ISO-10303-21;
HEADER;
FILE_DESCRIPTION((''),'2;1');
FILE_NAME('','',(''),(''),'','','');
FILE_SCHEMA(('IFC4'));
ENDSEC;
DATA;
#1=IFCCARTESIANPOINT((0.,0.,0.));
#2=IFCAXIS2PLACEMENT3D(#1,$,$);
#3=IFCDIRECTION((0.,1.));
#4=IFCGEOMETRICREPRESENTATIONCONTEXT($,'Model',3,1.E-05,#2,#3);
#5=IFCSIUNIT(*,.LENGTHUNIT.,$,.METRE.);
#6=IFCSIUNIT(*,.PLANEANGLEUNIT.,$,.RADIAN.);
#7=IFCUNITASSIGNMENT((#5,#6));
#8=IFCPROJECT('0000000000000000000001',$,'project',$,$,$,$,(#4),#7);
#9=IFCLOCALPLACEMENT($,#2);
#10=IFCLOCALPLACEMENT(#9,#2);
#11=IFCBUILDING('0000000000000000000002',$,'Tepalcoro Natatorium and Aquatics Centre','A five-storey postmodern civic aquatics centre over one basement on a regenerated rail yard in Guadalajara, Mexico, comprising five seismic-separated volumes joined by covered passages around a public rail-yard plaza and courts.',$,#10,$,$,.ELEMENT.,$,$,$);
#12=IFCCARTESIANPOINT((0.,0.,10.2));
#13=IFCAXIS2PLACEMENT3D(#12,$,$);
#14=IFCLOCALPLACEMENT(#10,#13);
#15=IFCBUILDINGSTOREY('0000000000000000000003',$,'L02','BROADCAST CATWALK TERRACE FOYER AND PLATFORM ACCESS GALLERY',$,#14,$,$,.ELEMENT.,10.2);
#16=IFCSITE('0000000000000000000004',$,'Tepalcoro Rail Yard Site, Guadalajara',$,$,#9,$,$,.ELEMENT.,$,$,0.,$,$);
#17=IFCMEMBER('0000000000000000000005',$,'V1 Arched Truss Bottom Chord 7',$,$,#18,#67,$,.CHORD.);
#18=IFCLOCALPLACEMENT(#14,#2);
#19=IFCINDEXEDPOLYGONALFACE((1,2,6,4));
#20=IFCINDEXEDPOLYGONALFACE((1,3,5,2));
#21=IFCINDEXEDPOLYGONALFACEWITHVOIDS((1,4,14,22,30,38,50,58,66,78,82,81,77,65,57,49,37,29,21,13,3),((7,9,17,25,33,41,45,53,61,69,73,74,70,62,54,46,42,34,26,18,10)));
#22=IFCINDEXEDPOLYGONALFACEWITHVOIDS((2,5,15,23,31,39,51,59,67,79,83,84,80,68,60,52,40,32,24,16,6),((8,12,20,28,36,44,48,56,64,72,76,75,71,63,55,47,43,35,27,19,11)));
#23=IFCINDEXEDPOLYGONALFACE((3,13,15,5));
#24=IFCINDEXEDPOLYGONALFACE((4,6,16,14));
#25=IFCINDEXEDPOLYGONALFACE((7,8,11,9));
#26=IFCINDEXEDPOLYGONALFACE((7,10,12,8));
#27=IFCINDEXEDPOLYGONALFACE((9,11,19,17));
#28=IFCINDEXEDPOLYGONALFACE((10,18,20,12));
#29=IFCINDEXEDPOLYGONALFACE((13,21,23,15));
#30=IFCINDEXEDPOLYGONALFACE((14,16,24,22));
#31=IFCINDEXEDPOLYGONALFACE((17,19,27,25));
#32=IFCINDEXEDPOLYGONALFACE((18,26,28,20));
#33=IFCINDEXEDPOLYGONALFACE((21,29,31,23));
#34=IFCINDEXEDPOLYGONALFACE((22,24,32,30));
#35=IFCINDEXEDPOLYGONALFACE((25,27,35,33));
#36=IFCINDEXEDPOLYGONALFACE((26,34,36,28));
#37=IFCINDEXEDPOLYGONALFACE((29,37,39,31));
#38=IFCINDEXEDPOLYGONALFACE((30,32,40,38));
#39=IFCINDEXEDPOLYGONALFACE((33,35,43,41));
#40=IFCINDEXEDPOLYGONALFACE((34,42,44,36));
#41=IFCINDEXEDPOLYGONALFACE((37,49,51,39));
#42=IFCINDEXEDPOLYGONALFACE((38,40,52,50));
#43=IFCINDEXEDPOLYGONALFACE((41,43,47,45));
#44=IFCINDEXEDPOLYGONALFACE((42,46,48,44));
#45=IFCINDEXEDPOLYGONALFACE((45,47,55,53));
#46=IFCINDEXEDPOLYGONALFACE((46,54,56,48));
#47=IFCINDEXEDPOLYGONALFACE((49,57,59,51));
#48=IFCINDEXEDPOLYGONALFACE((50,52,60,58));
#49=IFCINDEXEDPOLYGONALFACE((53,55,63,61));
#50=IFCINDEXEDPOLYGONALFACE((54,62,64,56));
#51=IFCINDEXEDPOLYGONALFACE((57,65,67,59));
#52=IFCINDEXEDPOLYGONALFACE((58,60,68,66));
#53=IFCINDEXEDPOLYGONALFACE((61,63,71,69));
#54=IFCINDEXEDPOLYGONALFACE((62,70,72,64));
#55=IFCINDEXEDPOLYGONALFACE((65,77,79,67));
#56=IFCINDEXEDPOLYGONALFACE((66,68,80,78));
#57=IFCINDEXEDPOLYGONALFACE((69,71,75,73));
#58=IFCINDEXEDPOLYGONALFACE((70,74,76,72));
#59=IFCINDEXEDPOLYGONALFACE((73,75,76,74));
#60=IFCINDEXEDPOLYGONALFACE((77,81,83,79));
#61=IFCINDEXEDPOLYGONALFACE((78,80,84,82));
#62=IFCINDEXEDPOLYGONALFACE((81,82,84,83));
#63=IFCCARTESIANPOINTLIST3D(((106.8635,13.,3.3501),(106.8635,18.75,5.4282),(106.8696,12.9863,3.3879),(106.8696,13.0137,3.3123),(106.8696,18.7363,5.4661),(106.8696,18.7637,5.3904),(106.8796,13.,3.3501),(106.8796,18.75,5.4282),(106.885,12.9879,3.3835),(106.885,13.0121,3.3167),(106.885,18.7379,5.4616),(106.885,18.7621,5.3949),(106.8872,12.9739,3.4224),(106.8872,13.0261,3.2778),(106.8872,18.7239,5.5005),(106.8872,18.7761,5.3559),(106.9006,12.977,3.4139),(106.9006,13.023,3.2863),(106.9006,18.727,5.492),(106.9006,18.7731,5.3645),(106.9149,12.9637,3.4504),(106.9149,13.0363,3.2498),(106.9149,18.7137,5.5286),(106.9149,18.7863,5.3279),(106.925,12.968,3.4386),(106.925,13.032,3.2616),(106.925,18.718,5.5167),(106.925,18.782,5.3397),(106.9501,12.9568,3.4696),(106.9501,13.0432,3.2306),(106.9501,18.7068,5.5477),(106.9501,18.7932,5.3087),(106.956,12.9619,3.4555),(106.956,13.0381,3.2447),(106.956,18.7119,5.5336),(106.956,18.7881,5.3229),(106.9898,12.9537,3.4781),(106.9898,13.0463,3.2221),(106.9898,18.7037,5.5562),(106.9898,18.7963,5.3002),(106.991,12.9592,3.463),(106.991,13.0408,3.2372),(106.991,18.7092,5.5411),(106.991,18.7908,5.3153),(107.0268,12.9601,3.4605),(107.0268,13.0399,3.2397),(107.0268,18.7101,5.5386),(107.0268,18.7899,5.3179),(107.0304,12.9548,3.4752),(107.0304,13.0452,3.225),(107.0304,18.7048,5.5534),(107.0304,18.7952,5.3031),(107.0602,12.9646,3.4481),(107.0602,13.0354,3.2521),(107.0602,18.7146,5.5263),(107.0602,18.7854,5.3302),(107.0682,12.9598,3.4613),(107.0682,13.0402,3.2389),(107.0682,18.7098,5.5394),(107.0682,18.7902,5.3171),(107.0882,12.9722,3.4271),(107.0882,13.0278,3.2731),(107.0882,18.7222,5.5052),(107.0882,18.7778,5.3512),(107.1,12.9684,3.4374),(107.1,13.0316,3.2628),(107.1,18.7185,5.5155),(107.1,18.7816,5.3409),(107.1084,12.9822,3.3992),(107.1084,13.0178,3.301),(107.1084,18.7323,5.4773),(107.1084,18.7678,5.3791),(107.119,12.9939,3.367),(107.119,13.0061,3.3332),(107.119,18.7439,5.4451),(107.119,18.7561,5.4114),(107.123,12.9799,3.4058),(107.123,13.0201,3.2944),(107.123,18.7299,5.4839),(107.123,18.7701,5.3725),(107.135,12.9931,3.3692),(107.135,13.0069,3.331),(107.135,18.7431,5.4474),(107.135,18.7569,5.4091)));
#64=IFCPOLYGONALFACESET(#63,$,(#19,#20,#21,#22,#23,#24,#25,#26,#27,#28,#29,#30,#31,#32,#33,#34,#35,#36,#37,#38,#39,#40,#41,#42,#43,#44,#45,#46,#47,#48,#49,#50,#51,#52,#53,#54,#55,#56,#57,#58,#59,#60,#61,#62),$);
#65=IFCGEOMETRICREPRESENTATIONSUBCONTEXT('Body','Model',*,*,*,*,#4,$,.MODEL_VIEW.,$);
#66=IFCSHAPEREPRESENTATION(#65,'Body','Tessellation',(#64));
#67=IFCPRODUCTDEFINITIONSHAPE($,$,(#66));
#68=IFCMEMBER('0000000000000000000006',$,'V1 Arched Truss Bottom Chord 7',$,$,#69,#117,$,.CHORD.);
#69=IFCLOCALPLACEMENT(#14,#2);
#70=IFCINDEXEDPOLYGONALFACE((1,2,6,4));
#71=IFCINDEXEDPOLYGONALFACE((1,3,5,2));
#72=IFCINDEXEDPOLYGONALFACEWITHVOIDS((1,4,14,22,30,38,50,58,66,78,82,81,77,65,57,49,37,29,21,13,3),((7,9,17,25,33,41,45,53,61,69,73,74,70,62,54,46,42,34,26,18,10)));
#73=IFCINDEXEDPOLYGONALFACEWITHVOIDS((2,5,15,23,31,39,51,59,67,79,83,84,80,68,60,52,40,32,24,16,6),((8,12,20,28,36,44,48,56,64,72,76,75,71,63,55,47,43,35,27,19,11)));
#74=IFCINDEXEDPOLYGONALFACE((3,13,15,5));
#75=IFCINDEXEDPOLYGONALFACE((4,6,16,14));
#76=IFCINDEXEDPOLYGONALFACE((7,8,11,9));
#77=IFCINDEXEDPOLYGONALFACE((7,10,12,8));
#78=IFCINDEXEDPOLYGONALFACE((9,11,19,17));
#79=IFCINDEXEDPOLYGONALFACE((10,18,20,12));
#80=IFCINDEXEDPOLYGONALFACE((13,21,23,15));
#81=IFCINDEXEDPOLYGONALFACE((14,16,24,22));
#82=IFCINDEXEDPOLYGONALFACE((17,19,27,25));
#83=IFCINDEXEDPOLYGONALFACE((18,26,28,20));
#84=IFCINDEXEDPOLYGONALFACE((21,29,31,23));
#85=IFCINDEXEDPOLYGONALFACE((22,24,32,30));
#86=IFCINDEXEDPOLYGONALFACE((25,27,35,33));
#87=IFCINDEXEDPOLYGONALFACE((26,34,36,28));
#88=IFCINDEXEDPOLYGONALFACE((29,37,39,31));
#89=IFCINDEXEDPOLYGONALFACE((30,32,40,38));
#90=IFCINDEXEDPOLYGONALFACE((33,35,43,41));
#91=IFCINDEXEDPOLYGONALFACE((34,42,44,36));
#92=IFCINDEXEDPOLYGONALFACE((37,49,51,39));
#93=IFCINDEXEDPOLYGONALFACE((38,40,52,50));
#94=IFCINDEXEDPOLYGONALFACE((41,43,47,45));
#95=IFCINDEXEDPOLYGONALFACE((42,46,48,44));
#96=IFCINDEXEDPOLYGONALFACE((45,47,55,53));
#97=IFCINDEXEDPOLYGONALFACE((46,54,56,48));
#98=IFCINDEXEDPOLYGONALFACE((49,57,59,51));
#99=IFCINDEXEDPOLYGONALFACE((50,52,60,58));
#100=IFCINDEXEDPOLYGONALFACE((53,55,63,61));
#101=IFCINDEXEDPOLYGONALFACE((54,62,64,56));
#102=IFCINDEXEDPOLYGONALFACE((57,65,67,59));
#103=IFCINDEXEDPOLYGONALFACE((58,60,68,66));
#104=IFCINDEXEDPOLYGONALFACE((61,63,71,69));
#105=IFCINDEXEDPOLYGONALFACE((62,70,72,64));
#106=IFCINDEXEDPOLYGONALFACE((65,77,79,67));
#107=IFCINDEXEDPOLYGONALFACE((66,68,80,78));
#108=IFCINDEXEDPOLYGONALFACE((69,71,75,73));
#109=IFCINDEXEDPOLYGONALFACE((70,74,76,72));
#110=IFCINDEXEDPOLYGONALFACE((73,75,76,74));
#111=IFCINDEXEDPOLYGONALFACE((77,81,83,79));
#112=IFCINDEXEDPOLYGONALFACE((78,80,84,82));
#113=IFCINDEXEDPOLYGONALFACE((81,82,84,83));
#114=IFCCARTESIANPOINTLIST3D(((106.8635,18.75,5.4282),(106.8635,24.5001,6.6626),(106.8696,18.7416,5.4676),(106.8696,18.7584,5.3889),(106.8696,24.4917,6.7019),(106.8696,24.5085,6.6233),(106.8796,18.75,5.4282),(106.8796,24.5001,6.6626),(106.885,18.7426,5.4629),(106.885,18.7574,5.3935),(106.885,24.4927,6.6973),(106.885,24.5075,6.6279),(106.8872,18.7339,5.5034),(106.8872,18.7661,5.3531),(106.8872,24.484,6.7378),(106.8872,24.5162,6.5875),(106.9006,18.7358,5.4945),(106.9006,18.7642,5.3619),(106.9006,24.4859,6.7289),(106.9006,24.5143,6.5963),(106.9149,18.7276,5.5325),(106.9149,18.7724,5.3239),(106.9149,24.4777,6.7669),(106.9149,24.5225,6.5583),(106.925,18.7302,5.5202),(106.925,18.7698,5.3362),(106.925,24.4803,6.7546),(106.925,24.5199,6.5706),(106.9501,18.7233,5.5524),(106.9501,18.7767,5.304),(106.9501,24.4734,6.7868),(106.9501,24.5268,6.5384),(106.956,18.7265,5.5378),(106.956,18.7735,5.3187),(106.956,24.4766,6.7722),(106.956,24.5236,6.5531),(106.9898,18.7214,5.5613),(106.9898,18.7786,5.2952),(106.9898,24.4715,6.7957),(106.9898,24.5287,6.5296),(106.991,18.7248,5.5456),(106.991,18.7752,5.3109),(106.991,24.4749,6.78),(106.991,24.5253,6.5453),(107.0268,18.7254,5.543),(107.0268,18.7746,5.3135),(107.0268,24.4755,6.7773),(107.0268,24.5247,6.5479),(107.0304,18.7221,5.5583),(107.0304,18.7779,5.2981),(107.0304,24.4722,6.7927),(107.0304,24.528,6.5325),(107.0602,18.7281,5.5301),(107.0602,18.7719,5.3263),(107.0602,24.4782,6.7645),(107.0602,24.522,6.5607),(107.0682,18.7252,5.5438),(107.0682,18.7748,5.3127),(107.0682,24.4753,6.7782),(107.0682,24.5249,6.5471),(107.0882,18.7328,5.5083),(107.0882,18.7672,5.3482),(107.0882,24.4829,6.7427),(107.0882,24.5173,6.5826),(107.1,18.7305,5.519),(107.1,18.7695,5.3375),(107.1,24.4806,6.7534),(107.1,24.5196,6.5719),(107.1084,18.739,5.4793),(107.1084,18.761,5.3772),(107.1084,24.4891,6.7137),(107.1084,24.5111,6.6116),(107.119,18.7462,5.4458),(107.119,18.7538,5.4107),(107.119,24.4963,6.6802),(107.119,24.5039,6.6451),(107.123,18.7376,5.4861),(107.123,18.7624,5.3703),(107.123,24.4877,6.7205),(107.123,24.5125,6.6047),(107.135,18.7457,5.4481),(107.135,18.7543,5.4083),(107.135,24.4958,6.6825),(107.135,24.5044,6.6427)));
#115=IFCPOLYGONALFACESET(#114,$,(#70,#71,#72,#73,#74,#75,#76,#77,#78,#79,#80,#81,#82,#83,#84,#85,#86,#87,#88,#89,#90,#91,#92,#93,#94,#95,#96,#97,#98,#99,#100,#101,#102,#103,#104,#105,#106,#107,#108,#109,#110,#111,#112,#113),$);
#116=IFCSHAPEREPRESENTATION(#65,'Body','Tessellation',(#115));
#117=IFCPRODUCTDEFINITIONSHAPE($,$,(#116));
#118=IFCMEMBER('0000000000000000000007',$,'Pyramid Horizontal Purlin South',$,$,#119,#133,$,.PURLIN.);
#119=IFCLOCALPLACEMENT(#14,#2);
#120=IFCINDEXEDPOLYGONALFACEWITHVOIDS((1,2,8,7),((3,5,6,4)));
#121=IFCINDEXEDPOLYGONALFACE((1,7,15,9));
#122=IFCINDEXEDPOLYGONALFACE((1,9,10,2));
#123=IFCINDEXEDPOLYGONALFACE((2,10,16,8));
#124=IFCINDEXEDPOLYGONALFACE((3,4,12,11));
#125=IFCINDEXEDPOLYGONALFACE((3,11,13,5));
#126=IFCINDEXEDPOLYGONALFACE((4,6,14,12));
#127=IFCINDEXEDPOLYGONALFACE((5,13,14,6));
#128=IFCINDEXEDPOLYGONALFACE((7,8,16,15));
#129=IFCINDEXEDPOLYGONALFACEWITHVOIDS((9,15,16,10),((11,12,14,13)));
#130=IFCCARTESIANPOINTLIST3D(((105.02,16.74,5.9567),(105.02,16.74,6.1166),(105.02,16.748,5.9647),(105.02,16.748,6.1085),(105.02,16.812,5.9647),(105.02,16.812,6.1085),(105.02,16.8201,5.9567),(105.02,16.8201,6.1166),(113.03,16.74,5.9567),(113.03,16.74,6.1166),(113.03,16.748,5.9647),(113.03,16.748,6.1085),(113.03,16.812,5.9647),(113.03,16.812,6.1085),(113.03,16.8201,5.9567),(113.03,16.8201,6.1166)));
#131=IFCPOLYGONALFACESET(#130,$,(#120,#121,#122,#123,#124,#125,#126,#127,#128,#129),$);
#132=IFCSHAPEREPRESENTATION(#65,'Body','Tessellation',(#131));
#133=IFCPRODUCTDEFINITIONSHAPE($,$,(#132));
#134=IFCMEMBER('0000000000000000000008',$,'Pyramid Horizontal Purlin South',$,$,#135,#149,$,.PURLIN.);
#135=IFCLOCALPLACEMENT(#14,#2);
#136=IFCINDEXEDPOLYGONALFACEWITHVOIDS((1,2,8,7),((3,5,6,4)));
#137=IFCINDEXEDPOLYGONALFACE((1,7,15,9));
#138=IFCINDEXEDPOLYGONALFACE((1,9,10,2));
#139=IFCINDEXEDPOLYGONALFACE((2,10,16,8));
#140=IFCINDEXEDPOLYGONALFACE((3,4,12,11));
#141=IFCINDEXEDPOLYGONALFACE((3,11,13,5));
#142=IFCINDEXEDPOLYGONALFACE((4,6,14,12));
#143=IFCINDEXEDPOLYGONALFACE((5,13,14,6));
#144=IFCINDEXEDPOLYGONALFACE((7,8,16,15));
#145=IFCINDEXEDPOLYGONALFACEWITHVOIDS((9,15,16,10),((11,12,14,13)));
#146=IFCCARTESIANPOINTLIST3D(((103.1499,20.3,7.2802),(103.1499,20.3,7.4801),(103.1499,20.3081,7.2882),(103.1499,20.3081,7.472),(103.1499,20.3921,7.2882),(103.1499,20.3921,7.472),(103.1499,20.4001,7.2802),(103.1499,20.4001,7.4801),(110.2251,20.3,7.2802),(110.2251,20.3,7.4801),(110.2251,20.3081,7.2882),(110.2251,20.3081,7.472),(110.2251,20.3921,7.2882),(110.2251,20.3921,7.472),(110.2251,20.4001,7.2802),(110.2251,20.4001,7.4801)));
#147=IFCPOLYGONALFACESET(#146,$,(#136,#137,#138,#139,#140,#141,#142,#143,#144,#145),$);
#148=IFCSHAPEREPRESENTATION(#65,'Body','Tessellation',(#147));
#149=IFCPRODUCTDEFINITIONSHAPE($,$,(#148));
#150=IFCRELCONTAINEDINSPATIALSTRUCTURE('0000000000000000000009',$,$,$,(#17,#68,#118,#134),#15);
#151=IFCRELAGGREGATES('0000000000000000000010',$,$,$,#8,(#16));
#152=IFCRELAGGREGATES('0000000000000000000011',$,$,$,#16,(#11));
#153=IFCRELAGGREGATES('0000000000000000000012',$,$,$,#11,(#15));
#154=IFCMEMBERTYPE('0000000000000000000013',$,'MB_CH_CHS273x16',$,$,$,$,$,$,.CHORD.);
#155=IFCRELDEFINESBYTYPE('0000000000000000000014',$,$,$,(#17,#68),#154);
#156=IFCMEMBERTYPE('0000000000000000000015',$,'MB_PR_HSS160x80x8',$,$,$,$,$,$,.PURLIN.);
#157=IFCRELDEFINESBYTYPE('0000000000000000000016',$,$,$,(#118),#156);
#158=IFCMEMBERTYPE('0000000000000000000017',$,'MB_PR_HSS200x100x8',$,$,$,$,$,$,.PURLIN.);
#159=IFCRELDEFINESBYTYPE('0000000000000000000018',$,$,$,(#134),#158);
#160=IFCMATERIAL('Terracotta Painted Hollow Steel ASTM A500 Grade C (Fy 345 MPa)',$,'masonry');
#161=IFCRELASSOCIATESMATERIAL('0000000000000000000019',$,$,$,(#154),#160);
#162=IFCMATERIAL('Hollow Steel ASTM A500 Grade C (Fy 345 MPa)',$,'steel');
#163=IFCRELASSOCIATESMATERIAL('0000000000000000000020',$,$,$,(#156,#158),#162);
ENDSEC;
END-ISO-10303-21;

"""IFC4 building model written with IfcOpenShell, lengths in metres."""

from ifc_helpers import new_model, si_unit, direction, frame, origin, origin_2d, place, context, subcontext, project, spatial, hollow_rectangle, hollow_circle, extrude, material, material_profile, profile_set, type_object, element, save


model = new_model("IFC4")

# Units and contexts
model_context = context("Model", 3, precision=1e-05, world=origin(), true_north=direction((0.0, 1.0)))
body_context = subcontext(model_context, "Body", "Model", "MODEL_VIEW")
ifc_project = project(units=[si_unit("LENGTHUNIT", "METRE"), si_unit("PLANEANGLEUNIT", "RADIAN")], contexts=[model_context])

# Site, building, storey
site_placement = place(None, origin())
site = spatial("IfcSite", under=ifc_project, at=site_placement, Name="Tepalcoro Rail Yard Site, Guadalajara", CompositionType="ELEMENT", RefElevation=0.0)
building_placement = place(site_placement, origin())
building = spatial("IfcBuilding", under=site, at=building_placement, Name="Tepalcoro Natatorium and Aquatics Centre", Description="A five-storey postmodern civic aquatics centre over one basement on a regenerated rail yard in Guadalajara, Mexico, comprising five seismic-separated volumes joined by covered passages around a public rail-yard plaza and courts.", CompositionType="ELEMENT")
storey_placement = place(building_placement, frame((0.0, 0.0, 10.2)))
storey = spatial("IfcBuildingStorey", under=building, at=storey_placement, Name="L02", Description="BROADCAST CATWALK TERRACE FOYER AND PLATFORM ACCESS GALLERY", CompositionType="ELEMENT", Elevation=10.2)

# Shared definitions
ifc_material_1 = material(Name="Terracotta Painted Hollow Steel ASTM A500 Grade C (Fy 345 MPa)", Category="masonry")

# Members
ifc_material_profile_1 = material_profile(ifc_material_1, hollow_circle(Radius=0.1365, WallThickness=0.0161, at=origin_2d()), Name="CHS273X16")
ifc_profile_set_1 = profile_set([ifc_material_profile_1], Name="Terracotta Painted Hollow Steel ASTM A500 Grade C (Fy 345 MPa)")
member_type_1 = type_object("IfcMemberType", Name="MB_CH_CHS273x16", PredefinedType="CHORD", material=ifc_profile_set_1)
member_1_placement = place(storey_placement, frame((107.0, 13.0, 3.3501), z_axis=(0.0, 0.940463, 0.339896), x_axis=(-1.0, 0.0, 0.0)))
element("IfcMember", 1, at=member_1_placement, inside=storey, type_object=member_type_1, Name="V1 Arched Truss Bottom Chord 7", PredefinedType="CHORD", context=body_context, shape_type="SweptSolid", body=[
    extrude(hollow_circle(Radius=0.1365, WallThickness=0.0161, at=origin_2d()), origin(), (0.0, 0.0, 1.0), 6.114),
])
member_2_placement = place(storey_placement, frame((107.0, 18.75, 5.4282), z_axis=(0.0, 0.977725, 0.209892), x_axis=(-1.0, 0.0, 0.0)))
element("IfcMember", 2, at=member_2_placement, inside=storey, type_object=member_type_1, Name="V1 Arched Truss Bottom Chord 7", PredefinedType="CHORD", context=body_context, shape_type="SweptSolid", body=[
    extrude(hollow_circle(Radius=0.1365, WallThickness=0.0161, at=origin_2d()), origin(), (0.0, 0.0, 1.0), 5.8811),
])
ifc_material_2 = material(Name="Hollow Steel ASTM A500 Grade C (Fy 345 MPa)", Category="steel")
ifc_material_profile_2 = material_profile(ifc_material_2, hollow_rectangle(XDim=0.0801, YDim=0.1599, WallThickness=0.0081, at=origin_2d()), Name="HSS160X80X8")
ifc_profile_set_2 = profile_set([ifc_material_profile_2], Name="Hollow Steel ASTM A500 Grade C (Fy 345 MPa)")
member_type_2 = type_object("IfcMemberType", Name="MB_PR_HSS160x80x8", PredefinedType="PURLIN", material=ifc_profile_set_2)
member_3_placement = place(storey_placement, frame((105.02, 16.78, 6.0366), z_axis=(1.0, 0.0, 0.0), x_axis=(0.0, 1.0, 0.0)))
element("IfcMember", 3, at=member_3_placement, inside=storey, type_object=member_type_2, Name="Pyramid Horizontal Purlin South", PredefinedType="PURLIN", context=body_context, shape_type="SweptSolid", body=[
    extrude(hollow_rectangle(XDim=0.0801, YDim=0.1599, WallThickness=0.0081, at=origin_2d()), origin(), (0.0, 0.0, 1.0), 8.01),
])
ifc_material_profile_3 = material_profile(ifc_material_2, hollow_rectangle(XDim=0.1001, YDim=0.2, WallThickness=0.0081, at=origin_2d()), Name="HSS200X100X8")
ifc_profile_set_3 = profile_set([ifc_material_profile_3], Name="Hollow Steel ASTM A500 Grade C (Fy 345 MPa)")
member_type_3 = type_object("IfcMemberType", Name="MB_PR_HSS200x100x8", PredefinedType="PURLIN", material=ifc_profile_set_3)
member_4_placement = place(storey_placement, frame((103.1499, 20.3501, 7.3801), z_axis=(1.0, 0.0, 0.0), x_axis=(0.0, 1.0, 0.0)))
element("IfcMember", 4, at=member_4_placement, inside=storey, type_object=member_type_3, Name="Pyramid Horizontal Purlin South", PredefinedType="PURLIN", context=body_context, shape_type="SweptSolid", body=[
    extrude(hollow_rectangle(XDim=0.1001, YDim=0.2, WallThickness=0.0081, at=origin_2d()), origin(), (0.0, 0.0, 1.0), 7.0752),
])

save(model, "model.ifc")
